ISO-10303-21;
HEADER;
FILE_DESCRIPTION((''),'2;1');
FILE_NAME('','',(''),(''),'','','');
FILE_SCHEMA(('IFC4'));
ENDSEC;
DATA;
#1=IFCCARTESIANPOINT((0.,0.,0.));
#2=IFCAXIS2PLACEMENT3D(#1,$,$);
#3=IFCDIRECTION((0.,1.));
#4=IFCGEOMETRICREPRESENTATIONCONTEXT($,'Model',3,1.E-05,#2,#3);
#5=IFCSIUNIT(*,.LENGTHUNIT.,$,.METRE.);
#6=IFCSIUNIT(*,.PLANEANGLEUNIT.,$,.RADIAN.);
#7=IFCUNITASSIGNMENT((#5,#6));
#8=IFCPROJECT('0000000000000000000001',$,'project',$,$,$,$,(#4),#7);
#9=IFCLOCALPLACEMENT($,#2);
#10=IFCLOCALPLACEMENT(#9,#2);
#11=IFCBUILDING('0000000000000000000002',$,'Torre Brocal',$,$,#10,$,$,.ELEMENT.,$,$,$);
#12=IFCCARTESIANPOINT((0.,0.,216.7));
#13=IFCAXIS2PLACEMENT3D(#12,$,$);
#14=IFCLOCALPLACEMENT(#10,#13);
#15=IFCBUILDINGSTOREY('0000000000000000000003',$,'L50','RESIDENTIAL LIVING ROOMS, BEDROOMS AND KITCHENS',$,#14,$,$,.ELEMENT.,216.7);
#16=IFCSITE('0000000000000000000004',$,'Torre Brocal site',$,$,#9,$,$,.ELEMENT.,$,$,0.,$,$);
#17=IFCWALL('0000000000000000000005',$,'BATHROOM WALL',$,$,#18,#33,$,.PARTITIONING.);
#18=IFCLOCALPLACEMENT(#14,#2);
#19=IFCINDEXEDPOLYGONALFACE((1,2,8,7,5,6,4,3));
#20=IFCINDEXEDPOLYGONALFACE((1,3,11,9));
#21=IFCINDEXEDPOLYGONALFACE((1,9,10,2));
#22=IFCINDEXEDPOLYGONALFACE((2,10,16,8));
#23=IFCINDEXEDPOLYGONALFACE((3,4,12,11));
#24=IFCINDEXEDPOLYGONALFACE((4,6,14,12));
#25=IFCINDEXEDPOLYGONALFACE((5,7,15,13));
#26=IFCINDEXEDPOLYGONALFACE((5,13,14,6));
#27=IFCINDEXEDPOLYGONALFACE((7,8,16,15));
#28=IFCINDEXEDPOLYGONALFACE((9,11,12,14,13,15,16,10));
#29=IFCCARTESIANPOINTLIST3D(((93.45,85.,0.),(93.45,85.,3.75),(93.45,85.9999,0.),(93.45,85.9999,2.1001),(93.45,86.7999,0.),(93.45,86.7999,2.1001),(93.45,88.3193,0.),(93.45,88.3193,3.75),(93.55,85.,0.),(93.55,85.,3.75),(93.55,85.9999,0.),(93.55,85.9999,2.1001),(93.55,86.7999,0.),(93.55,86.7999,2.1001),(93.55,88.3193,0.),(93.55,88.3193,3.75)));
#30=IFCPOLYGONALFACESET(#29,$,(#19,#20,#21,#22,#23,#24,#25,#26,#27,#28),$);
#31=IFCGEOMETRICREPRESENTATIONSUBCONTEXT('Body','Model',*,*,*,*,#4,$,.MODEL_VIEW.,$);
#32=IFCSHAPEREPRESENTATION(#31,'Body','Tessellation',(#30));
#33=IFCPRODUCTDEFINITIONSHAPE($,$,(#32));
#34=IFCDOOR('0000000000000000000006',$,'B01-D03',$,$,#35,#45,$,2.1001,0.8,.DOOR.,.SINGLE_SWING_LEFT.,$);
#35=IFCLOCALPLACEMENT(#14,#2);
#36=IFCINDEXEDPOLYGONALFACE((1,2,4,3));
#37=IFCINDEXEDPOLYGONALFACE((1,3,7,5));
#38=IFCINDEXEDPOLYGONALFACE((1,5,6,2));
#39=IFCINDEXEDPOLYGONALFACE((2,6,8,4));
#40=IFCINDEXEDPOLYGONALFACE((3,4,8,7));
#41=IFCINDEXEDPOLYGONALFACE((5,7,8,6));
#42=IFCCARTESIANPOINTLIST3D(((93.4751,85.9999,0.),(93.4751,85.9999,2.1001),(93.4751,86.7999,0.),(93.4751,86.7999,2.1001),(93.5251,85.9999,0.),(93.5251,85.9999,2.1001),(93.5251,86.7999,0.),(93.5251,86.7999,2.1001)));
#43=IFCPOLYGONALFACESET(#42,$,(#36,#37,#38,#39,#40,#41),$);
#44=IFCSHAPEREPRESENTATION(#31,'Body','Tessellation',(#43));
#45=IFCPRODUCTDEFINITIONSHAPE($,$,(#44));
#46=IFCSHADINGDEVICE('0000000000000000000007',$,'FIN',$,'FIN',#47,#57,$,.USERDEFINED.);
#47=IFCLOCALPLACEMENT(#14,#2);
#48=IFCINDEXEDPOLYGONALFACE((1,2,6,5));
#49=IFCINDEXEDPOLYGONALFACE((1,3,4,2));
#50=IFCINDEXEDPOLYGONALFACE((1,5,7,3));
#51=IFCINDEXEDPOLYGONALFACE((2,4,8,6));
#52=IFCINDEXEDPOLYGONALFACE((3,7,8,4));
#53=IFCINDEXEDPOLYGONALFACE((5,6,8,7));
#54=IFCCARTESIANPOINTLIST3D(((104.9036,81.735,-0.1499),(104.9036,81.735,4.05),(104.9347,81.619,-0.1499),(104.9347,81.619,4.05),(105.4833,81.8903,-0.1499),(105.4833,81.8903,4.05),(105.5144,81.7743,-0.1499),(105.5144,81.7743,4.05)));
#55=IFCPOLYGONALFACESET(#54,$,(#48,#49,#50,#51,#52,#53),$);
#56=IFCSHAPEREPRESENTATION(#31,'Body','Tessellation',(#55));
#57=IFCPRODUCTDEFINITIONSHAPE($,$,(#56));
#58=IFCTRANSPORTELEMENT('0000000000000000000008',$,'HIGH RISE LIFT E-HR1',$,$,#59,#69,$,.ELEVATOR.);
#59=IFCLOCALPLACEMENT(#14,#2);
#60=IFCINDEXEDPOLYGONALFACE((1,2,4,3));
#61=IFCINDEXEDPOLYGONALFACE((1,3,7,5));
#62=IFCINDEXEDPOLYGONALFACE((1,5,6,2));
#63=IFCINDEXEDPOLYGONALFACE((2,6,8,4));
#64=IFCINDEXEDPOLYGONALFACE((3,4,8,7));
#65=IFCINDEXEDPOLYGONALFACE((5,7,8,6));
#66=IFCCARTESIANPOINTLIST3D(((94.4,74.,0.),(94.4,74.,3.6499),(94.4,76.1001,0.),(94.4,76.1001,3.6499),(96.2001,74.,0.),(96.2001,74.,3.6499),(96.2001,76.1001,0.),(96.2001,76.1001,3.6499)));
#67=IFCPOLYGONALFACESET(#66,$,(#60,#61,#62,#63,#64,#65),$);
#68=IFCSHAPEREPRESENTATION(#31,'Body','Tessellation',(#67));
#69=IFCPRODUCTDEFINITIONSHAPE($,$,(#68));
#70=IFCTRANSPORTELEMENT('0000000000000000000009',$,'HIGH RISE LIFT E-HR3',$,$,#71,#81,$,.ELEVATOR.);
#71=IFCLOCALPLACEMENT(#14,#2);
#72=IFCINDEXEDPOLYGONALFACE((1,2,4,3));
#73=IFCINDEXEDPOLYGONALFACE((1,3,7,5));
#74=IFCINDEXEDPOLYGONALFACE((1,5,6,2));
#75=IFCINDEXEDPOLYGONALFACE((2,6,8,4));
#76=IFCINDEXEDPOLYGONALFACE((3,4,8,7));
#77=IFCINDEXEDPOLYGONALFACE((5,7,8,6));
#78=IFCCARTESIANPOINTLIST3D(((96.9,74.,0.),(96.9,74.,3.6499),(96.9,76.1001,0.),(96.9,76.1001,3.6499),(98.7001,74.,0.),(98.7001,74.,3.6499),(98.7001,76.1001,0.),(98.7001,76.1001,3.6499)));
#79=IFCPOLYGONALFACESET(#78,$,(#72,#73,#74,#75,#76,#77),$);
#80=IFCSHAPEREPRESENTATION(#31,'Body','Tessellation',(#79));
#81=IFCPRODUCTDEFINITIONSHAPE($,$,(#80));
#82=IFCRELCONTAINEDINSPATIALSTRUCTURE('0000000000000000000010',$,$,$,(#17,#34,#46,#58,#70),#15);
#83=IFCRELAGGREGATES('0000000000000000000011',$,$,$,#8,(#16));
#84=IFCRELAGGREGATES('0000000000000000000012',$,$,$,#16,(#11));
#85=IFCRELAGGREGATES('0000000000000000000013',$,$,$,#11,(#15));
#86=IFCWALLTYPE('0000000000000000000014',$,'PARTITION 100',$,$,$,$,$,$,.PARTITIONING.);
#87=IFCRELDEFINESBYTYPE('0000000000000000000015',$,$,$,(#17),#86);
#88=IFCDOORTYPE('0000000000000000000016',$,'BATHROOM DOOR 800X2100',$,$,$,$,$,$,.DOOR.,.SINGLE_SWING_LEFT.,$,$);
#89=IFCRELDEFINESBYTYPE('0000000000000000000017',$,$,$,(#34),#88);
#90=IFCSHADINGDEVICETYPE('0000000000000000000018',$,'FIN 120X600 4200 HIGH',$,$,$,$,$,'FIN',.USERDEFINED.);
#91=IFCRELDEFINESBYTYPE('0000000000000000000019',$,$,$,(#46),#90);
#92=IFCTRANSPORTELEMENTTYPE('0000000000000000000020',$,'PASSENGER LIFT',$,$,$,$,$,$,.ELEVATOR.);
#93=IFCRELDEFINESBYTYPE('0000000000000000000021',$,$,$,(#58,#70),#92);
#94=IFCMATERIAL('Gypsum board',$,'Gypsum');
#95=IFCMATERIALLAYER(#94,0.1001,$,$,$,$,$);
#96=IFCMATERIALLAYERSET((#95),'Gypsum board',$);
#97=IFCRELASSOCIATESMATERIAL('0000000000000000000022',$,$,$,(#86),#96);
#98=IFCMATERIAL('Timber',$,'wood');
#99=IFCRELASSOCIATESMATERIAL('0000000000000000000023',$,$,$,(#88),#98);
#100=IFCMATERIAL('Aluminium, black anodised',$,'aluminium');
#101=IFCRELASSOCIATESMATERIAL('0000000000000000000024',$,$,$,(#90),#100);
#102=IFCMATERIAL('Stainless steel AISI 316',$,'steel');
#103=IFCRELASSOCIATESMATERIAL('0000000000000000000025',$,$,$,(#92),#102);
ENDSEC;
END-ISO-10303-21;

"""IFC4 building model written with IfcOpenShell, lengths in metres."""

from ifc_helpers import new_model, si_unit, direction, frame, frame_2d, origin, origin_2d, place, context, subcontext, project, spatial, rectangle, extrude, material, layer, layer_set, material_profile, profile_set, type_object, element, fill, save


model = new_model("IFC4")

# Units and contexts
model_context = context("Model", 3, precision=1e-05, world=origin(), true_north=direction((0.0, 1.0)))
body_context = subcontext(model_context, "Body", "Model", "MODEL_VIEW")
ifc_project = project(units=[si_unit("LENGTHUNIT", "METRE"), si_unit("PLANEANGLEUNIT", "RADIAN")], contexts=[model_context])

# Site, building, storey
site_placement = place(None, origin())
site = spatial("IfcSite", under=ifc_project, at=site_placement, Name="Torre Brocal site", CompositionType="ELEMENT", RefElevation=0.0)
building_placement = place(site_placement, origin())
building = spatial("IfcBuilding", under=site, at=building_placement, Name="Torre Brocal", CompositionType="ELEMENT")
storey_placement = place(building_placement, frame((0.0, 0.0, 216.7)))
storey = spatial("IfcBuildingStorey", under=building, at=storey_placement, Name="L50", Description="RESIDENTIAL LIVING ROOMS, BEDROOMS AND KITCHENS", CompositionType="ELEMENT", Elevation=216.7)

# Wall, opening, door
ifc_material_1 = material(Name="Gypsum board", Category="Gypsum")
ifc_layer_1 = layer(ifc_material_1, 0.1001)
ifc_layer_set_1 = layer_set([ifc_layer_1], Name="Gypsum board")
wall_type_1 = type_object("IfcWallType", Name="PARTITION 100", PredefinedType="PARTITIONING", material=ifc_layer_set_1)
wall_1_placement = place(storey_placement, frame((93.5, 85.0, 0.0), z_axis=(0.0, 0.0, 1.0), x_axis=(0.0, 1.0, 0.0)))
wall_1 = element("IfcWall", 1, at=wall_1_placement, inside=storey, type_object=wall_type_1, Name="BATHROOM WALL", PredefinedType="PARTITIONING", context=body_context, shape_type="SweptSolid", body=[
    extrude(rectangle(XDim=3.3193, YDim=0.1001, at=frame_2d((1.6597, 0.0))), origin(), (0.0, 0.0, 1.0), 3.75),
])
opening_1_placement = place(wall_1_placement, frame((1.0, 0.0, 0.0)))
opening_1 = element("IfcOpeningElement", 2, at=opening_1_placement, cuts=wall_1, PredefinedType="OPENING", context=body_context, shape_type="SweptSolid", body=[
    extrude(rectangle(XDim=0.8, YDim=2.1001, at=frame_2d((0.3999, 1.05))), frame((0.0, 0.0601, 0.0), z_axis=(0.0, -1.0, 0.0), x_axis=(1.0, 0.0, 0.0)), (0.0, 0.0, 1.0), 0.1201),
])
ifc_material_2 = material(Name="Timber", Category="wood")
door_type_1 = type_object("IfcDoorType", Name="BATHROOM DOOR 800X2100", OperationType="SINGLE_SWING_LEFT", PredefinedType="DOOR", material=ifc_material_2)
door_1_placement = place(opening_1_placement, origin())
door_1 = element("IfcDoor", 3, at=door_1_placement, inside=storey, type_object=door_type_1, Name="B01-D03", OperationType="SINGLE_SWING_LEFT", OverallHeight=2.1001, OverallWidth=0.8, PredefinedType="DOOR", context=body_context, shape_type="SweptSolid", body=[
    extrude(rectangle(XDim=0.8, YDim=2.1001, at=frame_2d((0.3999, 1.05))), frame((0.0, 0.0249, 0.0), z_axis=(0.0, -1.0, 0.0), x_axis=(1.0, 0.0, 0.0)), (0.0, 0.0, 1.0), 0.05),
])
fill(opening_1, door_1)

# Shading device
ifc_material_3 = material(Name="Aluminium, black anodised", Category="aluminium")
ifc_material_profile_1 = material_profile(ifc_material_3, rectangle(XDim=0.1201, YDim=0.6001, at=origin_2d()), Name="FIN 120X600 4200 HIGH")
ifc_profile_set_1 = profile_set([ifc_material_profile_1], Name="Aluminium, black anodised")
shading_device_type = type_object("IfcShadingDeviceType", Name="FIN 120X600 4200 HIGH", ElementType="FIN", PredefinedType="USERDEFINED", material=ifc_profile_set_1)
shading_device_placement = place(storey_placement, frame((105.209, 81.7546, -0.1499), z_axis=(0.0, 0.0, 1.0), x_axis=(-0.258819, 0.965926, 0.0)))
element("IfcShadingDevice", 4, at=shading_device_placement, inside=storey, type_object=shading_device_type, Name="FIN", ObjectType="FIN", PredefinedType="USERDEFINED", context=body_context, shape_type="SweptSolid", body=[
    extrude(rectangle(XDim=0.1201, YDim=0.6001, at=origin_2d()), origin(), (0.0, 0.0, 1.0), 4.2),
])

# Transport elements
ifc_material_4 = material(Name="Stainless steel AISI 316", Category="steel")
transport_element_type = type_object("IfcTransportElementType", Name="PASSENGER LIFT", PredefinedType="ELEVATOR", material=ifc_material_4)
for number, where, z_axis, x_axis, name in (
    (5, (95.3, 75.05, 0.0), (0.0, 0.0, 1.0), (1.0, 0.0, 0.0), "HIGH RISE LIFT E-HR1"),
    (6, (97.8, 75.05, 0.0), (0.0, 0.0, 1.0), (1.0, 0.0, 0.0), "HIGH RISE LIFT E-HR3"),
):
    element("IfcTransportElement", number, at=place(storey_placement, frame(where, z_axis=z_axis, x_axis=x_axis)), inside=storey, type_object=transport_element_type, Name=name, PredefinedType="ELEVATOR", context=body_context, shape_type="SweptSolid", body=[
        extrude(rectangle(XDim=1.8, YDim=2.1001, at=origin_2d()), origin(), (0.0, 0.0, 1.0), 3.6499),
    ])

save(model, "model.ifc")
